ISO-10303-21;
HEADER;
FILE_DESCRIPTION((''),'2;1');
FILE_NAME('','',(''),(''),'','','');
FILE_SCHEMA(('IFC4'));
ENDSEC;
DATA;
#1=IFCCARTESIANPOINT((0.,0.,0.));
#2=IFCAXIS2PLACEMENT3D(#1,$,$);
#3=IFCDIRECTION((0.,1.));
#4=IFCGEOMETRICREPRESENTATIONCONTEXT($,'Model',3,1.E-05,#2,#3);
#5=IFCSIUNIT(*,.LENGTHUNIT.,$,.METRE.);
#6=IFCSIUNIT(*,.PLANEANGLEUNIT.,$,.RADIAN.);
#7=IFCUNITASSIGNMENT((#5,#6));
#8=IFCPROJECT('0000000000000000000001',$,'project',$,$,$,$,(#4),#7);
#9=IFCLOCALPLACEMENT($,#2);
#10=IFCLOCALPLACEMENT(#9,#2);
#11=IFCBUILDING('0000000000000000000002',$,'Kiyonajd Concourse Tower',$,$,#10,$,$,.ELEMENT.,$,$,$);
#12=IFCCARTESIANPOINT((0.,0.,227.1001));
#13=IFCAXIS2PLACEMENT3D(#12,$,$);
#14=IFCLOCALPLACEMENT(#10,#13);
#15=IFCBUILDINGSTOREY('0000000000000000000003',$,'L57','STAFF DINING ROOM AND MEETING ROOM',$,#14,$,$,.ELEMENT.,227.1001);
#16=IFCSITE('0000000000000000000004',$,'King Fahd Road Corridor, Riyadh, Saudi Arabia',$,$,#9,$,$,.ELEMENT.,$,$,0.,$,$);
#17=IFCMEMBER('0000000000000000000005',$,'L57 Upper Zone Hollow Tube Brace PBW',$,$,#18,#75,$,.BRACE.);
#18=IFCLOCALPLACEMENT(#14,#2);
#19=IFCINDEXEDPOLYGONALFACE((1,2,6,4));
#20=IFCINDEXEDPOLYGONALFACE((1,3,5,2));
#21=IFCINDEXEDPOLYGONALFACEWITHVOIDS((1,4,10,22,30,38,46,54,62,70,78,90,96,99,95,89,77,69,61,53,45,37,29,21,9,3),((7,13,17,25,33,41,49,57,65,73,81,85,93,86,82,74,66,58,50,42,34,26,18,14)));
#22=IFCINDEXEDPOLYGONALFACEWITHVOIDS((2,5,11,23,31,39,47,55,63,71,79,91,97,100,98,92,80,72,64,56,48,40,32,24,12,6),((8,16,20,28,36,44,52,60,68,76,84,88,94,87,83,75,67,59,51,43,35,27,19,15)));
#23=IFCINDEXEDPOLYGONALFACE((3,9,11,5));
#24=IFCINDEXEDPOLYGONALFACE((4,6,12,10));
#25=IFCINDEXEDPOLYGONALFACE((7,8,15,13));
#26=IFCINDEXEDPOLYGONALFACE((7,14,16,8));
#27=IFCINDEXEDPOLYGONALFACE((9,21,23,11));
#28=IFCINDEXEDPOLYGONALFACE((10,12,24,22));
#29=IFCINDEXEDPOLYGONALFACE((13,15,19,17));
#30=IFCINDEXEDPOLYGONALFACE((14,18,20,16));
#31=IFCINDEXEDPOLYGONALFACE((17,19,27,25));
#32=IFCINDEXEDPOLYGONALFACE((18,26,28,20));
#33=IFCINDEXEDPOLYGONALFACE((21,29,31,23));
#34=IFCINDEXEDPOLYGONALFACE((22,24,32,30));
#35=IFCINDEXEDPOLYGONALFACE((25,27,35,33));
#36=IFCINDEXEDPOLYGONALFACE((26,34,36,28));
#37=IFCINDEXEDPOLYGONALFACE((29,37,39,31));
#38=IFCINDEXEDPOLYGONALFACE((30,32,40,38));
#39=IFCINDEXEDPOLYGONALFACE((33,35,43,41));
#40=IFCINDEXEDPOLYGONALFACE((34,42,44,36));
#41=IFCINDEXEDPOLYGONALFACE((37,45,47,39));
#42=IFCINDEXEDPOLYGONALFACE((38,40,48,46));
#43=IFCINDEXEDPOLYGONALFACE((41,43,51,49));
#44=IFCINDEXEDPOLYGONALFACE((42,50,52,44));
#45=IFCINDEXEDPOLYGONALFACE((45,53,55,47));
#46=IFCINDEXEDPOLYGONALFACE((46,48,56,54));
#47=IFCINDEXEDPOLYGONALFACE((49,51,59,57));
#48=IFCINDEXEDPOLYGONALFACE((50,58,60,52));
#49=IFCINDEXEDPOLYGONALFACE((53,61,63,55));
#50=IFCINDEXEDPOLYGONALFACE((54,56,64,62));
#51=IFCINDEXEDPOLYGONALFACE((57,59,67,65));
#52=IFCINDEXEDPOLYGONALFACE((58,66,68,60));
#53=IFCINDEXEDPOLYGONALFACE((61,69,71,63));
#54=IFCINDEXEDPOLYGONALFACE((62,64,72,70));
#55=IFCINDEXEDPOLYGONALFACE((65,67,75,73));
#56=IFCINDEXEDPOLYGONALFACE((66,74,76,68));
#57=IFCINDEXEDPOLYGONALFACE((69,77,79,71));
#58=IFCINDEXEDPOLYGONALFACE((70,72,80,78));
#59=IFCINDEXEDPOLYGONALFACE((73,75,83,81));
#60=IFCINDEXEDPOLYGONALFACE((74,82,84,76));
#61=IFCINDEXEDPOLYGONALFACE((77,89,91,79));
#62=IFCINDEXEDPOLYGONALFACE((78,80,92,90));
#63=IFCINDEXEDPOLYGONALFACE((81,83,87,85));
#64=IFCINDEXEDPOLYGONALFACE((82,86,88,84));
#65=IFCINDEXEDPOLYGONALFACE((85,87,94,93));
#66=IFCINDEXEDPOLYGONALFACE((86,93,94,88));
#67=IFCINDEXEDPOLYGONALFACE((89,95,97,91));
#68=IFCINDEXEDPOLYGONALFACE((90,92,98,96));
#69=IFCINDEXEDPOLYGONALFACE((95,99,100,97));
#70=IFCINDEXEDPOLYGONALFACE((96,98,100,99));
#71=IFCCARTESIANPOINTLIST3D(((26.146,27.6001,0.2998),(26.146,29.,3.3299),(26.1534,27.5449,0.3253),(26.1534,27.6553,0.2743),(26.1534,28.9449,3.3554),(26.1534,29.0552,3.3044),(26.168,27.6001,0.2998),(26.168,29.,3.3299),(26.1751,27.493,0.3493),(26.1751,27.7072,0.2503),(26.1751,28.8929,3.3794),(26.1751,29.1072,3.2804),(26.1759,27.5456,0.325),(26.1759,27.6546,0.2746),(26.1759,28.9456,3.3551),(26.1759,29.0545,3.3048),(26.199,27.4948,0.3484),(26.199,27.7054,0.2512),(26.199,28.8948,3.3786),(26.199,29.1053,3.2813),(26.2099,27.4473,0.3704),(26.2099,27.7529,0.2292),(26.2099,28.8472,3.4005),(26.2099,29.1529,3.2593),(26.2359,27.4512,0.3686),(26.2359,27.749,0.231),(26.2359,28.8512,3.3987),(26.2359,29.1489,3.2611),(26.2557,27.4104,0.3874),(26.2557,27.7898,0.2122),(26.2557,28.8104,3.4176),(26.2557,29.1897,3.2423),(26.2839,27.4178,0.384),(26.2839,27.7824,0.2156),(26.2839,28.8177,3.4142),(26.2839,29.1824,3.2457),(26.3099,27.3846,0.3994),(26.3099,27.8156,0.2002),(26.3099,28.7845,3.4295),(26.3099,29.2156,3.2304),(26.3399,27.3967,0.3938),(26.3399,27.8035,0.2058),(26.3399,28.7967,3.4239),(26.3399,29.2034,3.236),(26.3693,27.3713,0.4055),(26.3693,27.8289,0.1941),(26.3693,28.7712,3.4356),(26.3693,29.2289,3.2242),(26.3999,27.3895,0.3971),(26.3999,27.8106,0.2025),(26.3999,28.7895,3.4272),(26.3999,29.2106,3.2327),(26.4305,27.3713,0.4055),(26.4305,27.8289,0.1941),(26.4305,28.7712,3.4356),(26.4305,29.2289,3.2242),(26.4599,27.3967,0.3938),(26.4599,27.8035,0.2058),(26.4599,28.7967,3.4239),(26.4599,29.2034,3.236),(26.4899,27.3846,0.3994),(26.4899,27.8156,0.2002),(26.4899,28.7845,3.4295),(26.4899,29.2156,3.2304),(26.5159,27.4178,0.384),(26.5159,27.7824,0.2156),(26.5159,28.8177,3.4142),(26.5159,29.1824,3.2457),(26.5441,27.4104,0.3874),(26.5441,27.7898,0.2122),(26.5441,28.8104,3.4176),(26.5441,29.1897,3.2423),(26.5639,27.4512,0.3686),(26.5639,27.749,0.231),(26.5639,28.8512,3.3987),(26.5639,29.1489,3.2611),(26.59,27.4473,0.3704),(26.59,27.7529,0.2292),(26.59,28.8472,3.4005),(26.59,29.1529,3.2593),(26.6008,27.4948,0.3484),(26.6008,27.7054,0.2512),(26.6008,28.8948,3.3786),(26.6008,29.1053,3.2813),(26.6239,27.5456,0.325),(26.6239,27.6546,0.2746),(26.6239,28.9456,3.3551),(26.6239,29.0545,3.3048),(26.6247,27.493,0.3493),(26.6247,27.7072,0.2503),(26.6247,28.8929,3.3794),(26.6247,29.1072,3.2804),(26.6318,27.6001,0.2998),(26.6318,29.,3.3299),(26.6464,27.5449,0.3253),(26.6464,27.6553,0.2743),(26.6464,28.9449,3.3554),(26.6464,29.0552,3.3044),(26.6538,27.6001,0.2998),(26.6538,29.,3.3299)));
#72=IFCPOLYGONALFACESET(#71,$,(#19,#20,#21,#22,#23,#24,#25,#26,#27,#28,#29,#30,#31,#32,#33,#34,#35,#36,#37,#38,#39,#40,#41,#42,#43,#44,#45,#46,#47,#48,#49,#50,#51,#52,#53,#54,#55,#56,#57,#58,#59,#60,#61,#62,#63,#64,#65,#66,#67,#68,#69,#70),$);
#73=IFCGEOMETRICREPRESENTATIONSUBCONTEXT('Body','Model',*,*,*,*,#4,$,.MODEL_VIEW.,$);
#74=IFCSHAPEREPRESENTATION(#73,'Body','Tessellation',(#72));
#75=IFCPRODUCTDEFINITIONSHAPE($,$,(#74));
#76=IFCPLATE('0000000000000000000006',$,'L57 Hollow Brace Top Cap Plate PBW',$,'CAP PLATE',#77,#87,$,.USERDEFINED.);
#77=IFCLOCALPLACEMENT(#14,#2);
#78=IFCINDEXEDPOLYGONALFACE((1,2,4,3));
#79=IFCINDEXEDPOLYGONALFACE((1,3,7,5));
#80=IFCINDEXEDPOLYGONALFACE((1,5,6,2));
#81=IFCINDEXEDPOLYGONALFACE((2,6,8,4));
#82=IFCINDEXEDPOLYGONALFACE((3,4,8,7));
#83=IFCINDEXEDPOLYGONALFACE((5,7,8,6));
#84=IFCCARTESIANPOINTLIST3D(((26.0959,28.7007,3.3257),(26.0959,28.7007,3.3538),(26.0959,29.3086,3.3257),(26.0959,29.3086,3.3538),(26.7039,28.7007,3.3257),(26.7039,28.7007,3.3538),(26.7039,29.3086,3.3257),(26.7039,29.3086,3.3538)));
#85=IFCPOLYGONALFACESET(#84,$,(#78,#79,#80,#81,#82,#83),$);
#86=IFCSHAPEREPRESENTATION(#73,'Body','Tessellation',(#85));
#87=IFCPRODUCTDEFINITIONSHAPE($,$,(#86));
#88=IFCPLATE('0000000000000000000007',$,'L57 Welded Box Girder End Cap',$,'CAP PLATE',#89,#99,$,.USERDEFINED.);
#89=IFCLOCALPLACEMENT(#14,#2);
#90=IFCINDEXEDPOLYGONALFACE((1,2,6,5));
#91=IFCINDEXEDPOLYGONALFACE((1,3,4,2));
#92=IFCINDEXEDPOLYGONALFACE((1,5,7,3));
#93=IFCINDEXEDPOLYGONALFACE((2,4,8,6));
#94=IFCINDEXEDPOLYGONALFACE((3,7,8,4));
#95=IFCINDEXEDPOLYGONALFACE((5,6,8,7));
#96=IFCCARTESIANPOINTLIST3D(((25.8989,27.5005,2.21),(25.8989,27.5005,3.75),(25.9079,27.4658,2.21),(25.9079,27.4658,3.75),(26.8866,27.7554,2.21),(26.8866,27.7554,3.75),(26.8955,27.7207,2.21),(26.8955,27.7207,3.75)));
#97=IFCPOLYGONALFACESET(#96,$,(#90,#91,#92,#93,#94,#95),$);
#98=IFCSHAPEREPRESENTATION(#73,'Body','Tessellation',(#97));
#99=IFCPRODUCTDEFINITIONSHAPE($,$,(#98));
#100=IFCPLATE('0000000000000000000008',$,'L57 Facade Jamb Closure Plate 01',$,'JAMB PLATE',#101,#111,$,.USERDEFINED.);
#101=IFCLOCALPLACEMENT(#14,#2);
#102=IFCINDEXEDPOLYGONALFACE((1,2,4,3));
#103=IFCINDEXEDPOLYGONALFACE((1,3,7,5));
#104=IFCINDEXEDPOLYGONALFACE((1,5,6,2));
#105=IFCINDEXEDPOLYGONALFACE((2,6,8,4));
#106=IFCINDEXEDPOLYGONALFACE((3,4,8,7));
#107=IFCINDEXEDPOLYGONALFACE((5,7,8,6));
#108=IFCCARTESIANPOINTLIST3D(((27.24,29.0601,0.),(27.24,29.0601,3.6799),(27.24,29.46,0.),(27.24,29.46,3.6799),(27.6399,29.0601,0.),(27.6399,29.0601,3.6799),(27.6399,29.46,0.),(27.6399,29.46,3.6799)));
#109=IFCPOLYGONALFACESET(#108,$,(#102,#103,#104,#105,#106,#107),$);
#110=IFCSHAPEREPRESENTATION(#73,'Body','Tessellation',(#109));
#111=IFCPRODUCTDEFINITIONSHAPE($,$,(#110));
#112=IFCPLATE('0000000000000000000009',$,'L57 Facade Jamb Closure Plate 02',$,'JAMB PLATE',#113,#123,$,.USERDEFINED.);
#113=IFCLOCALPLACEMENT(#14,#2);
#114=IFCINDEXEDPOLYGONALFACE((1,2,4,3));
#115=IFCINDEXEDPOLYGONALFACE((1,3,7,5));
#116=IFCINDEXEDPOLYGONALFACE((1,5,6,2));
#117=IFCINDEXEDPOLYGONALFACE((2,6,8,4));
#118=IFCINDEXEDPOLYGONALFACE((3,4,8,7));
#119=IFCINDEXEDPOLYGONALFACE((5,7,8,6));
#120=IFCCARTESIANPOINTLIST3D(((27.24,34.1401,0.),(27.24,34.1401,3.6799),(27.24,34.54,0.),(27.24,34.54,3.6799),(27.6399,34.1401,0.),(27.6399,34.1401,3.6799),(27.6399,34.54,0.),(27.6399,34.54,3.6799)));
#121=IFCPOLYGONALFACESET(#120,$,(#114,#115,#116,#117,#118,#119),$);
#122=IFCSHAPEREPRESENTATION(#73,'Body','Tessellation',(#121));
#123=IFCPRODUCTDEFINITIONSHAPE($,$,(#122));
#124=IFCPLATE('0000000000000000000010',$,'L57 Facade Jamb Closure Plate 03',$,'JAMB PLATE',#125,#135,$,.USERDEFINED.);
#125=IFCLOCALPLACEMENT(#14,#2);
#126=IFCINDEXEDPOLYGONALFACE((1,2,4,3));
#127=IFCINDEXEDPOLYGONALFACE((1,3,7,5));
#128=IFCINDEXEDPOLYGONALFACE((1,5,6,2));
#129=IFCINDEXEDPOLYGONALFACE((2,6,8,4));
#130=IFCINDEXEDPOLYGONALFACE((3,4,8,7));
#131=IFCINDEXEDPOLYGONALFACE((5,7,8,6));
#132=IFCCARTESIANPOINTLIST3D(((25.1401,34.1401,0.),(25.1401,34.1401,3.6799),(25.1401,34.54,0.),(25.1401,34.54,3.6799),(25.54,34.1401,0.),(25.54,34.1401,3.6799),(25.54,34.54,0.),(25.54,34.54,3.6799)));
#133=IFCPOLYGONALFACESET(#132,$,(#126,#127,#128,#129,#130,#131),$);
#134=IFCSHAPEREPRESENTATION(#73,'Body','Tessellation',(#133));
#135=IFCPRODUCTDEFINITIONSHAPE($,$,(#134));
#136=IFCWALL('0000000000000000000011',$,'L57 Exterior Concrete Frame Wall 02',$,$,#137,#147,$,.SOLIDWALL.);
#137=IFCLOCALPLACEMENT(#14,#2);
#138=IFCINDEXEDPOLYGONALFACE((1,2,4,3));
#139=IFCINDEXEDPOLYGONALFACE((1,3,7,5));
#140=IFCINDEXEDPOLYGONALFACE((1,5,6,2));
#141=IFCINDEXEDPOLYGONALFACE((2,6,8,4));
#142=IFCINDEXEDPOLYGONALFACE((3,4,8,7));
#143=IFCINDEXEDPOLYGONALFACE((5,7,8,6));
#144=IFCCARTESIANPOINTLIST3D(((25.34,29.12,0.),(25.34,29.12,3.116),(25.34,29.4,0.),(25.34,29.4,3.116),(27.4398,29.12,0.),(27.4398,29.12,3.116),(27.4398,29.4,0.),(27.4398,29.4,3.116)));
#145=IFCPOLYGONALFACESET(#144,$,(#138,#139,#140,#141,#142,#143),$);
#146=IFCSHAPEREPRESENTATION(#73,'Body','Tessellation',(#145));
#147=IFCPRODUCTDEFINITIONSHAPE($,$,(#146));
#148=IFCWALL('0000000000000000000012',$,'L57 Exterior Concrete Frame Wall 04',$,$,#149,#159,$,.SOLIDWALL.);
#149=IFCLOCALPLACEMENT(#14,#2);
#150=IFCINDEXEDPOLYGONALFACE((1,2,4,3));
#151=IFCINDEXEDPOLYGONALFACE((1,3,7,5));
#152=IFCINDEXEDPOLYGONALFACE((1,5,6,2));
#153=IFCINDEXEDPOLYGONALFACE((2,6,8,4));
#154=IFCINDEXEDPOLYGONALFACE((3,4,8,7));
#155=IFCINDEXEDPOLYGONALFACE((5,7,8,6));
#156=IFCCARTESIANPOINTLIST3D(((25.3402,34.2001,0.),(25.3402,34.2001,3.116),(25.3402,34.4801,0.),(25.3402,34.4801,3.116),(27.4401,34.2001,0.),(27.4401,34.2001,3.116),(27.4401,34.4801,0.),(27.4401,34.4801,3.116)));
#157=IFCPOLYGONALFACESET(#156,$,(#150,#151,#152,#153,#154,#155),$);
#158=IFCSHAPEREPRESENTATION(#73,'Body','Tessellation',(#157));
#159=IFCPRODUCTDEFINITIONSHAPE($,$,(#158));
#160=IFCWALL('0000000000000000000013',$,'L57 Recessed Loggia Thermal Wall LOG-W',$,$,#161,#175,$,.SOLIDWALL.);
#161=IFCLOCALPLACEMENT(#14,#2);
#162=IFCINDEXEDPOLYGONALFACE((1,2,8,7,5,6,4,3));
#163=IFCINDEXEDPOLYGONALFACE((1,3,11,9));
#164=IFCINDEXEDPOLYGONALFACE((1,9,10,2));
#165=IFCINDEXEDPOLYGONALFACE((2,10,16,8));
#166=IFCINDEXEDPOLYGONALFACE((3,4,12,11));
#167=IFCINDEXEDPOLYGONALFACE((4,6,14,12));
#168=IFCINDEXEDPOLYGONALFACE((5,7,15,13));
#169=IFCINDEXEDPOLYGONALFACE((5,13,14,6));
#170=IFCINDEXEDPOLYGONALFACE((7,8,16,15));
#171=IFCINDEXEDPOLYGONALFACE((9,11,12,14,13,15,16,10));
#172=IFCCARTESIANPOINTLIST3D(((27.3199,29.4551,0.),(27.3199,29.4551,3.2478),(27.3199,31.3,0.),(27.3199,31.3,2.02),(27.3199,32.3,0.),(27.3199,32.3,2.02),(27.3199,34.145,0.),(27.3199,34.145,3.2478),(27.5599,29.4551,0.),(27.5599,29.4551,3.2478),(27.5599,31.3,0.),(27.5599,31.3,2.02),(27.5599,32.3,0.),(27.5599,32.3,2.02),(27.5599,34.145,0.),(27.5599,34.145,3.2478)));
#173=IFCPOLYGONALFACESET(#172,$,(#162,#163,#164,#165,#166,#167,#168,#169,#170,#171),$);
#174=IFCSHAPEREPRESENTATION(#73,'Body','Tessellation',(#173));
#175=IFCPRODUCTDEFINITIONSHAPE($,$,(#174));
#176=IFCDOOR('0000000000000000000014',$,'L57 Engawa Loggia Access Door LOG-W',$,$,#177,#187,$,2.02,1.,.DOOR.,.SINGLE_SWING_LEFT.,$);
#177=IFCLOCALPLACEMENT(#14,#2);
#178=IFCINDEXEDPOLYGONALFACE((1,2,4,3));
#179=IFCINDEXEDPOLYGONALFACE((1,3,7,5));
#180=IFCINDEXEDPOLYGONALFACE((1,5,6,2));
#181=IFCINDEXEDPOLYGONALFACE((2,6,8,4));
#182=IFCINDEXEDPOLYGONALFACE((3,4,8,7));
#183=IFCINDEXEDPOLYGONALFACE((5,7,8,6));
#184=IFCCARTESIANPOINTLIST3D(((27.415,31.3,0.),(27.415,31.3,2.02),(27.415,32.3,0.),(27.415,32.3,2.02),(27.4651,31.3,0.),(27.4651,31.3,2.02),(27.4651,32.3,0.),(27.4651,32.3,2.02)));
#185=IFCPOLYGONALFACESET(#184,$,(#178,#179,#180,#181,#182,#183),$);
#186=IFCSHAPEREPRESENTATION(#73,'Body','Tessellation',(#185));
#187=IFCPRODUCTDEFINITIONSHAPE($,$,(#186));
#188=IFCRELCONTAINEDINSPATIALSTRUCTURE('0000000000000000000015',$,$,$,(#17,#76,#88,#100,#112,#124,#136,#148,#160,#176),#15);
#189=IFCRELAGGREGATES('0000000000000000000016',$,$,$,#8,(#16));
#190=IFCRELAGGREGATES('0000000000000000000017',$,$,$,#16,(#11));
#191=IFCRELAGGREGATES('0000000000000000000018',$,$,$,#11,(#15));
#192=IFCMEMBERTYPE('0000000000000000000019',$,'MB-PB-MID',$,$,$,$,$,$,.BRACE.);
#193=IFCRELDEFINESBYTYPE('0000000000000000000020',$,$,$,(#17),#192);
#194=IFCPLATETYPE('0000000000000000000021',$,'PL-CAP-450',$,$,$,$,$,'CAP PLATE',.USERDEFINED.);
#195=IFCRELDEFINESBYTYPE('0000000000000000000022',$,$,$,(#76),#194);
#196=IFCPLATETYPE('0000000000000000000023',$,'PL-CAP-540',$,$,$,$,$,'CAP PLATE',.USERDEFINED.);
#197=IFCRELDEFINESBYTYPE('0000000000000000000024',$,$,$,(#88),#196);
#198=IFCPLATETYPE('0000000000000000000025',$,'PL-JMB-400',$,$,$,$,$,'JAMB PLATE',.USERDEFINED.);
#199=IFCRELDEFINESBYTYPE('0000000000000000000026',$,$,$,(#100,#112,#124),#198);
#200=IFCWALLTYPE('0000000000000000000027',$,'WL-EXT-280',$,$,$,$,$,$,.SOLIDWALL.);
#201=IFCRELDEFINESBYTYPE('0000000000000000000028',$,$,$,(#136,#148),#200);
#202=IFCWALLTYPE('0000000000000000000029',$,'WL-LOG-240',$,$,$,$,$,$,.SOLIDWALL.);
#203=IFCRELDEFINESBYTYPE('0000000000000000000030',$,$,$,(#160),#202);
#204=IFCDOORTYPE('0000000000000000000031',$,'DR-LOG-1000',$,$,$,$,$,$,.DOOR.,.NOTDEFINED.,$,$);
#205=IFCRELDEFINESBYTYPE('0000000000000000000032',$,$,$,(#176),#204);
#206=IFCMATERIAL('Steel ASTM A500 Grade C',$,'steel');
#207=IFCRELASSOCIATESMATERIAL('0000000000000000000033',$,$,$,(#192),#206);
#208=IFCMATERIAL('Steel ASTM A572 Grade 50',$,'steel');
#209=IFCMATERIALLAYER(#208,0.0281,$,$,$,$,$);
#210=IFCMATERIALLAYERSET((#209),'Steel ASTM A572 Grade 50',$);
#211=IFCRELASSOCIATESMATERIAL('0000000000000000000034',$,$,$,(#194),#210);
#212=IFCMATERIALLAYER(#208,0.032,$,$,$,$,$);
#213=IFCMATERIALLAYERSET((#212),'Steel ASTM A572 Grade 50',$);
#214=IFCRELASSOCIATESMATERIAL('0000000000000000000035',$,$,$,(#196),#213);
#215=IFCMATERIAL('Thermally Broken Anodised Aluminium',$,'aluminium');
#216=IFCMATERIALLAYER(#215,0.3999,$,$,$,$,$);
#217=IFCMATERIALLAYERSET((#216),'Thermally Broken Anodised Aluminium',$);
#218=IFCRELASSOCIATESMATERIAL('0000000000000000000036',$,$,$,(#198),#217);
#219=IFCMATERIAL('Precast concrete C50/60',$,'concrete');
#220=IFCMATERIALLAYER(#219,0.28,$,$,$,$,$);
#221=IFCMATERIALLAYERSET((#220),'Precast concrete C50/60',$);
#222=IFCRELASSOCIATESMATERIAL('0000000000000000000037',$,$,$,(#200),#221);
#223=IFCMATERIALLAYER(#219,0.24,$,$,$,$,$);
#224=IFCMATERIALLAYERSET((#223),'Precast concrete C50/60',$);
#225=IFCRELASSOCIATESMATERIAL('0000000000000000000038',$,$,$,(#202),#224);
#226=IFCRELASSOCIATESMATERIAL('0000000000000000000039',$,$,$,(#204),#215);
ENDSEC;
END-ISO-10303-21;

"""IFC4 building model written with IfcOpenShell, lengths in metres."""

from ifc_helpers import new_model, si_unit, direction, frame, frame_2d, origin, origin_2d, place, context, subcontext, project, spatial, rectangle, hollow_circle, extrude, material, layer, layer_set, material_profile, profile_set, type_object, element, fill, save


model = new_model("IFC4")

# Units and contexts
model_context = context("Model", 3, precision=1e-05, world=origin(), true_north=direction((0.0, 1.0)))
body_context = subcontext(model_context, "Body", "Model", "MODEL_VIEW")
ifc_project = project(units=[si_unit("LENGTHUNIT", "METRE"), si_unit("PLANEANGLEUNIT", "RADIAN")], contexts=[model_context])

# Site, building, storey
site_placement = place(None, origin())
site = spatial("IfcSite", under=ifc_project, at=site_placement, Name="King Fahd Road Corridor, Riyadh, Saudi Arabia", CompositionType="ELEMENT", RefElevation=0.0)
building_placement = place(site_placement, origin())
building = spatial("IfcBuilding", under=site, at=building_placement, Name="Kiyonajd Concourse Tower", CompositionType="ELEMENT")
storey_placement = place(building_placement, frame((0.0, 0.0, 227.1001)))
storey = spatial("IfcBuildingStorey", under=building, at=storey_placement, Name="L57", Description="STAFF DINING ROOM AND MEETING ROOM", CompositionType="ELEMENT", Elevation=227.1001)

# Shared definitions
ifc_material_1 = material(Name="Steel ASTM A572 Grade 50", Category="steel")

# Shared definitions
ifc_material_2 = material(Name="Thermally Broken Anodised Aluminium", Category="aluminium")

# Member
ifc_material_3 = material(Name="Steel ASTM A500 Grade C", Category="steel")
ifc_material_profile_1 = material_profile(ifc_material_3, hollow_circle(Radius=0.2539, WallThickness=0.022, at=origin_2d()), Name="CHS-508x22")
ifc_profile_set_1 = profile_set([ifc_material_profile_1], Name="Steel ASTM A500 Grade C")
member_type_1 = type_object("IfcMemberType", Name="MB-PB-MID", PredefinedType="BRACE", material=ifc_profile_set_1)
member_1_placement = place(storey_placement, frame((26.3999, 27.6001, 0.2998), z_axis=(0.0, 0.419411, 0.907797), x_axis=(-1.0, 0.0, 0.0)))
element("IfcMember", 1, at=member_1_placement, inside=storey, type_object=member_type_1, Name="L57 Upper Zone Hollow Tube Brace PBW", PredefinedType="BRACE", context=body_context, shape_type="SweptSolid", body=[
    extrude(hollow_circle(Radius=0.2539, WallThickness=0.022, at=origin_2d()), origin(), (0.0, 0.0, 1.0), 3.3379),
])

# Plates
ifc_layer_1 = layer(ifc_material_1, 0.0281)
ifc_layer_set_1 = layer_set([ifc_layer_1], Name="Steel ASTM A572 Grade 50")
plate_type_1 = type_object("IfcPlateType", Name="PL-CAP-450", ElementType="CAP PLATE", PredefinedType="USERDEFINED", material=ifc_layer_set_1)
plate_1_placement = place(storey_placement, frame((26.3999, 29.0046, 3.3257), z_axis=(0.0, 0.0, 1.0), x_axis=(1.0, 0.0, 0.0)))
element("IfcPlate", 2, at=plate_1_placement, inside=storey, type_object=plate_type_1, Name="L57 Hollow Brace Top Cap Plate PBW", ObjectType="CAP PLATE", PredefinedType="USERDEFINED", context=body_context, shape_type="SweptSolid", body=[
    extrude(rectangle(XDim=0.6079, YDim=0.6079, at=origin_2d()), origin(), (0.0, 0.0, 1.0), 0.0281),
])
ifc_layer_2 = layer(ifc_material_1, 0.032)
ifc_layer_set_2 = layer_set([ifc_layer_2], Name="Steel ASTM A572 Grade 50")
plate_type_2 = type_object("IfcPlateType", Name="PL-CAP-540", ElementType="CAP PLATE", PredefinedType="USERDEFINED", material=ifc_layer_set_2)
plate_2_placement = place(storey_placement, frame((26.3972, 27.6106, 2.21), z_axis=(0.0, 0.0, 1.0), x_axis=(-0.249873, 0.968279, 0.0)))
element("IfcPlate", 3, at=plate_2_placement, inside=storey, type_object=plate_type_2, Name="L57 Welded Box Girder End Cap", ObjectType="CAP PLATE", PredefinedType="USERDEFINED", context=body_context, shape_type="SweptSolid", body=[
    extrude(rectangle(XDim=0.0359, YDim=1.02, at=origin_2d()), origin(), (0.0, 0.0, 1.0), 1.54),
])
ifc_layer_3 = layer(ifc_material_2, 0.3999)
ifc_layer_set_3 = layer_set([ifc_layer_3], Name="Thermally Broken Anodised Aluminium")
plate_type_3 = type_object("IfcPlateType", Name="PL-JMB-400", ElementType="JAMB PLATE", PredefinedType="USERDEFINED", material=ifc_layer_set_3)
for number, where, z_axis, x_axis, name in (
    (4, (27.4399, 29.26, 0.0), (0.0, 0.0, 1.0), (1.0, 0.0, 0.0), "L57 Facade Jamb Closure Plate 01"),
    (5, (27.4399, 34.3401, 0.0), (0.0, 0.0, 1.0), (1.0, 0.0, 0.0), "L57 Facade Jamb Closure Plate 02"),
    (6, (25.3401, 34.3401, 0.0), (0.0, 0.0, 1.0), (1.0, 0.0, 0.0), "L57 Facade Jamb Closure Plate 03"),
):
    element("IfcPlate", number, at=place(storey_placement, frame(where, z_axis=z_axis, x_axis=x_axis)), inside=storey, type_object=plate_type_3, Name=name, ObjectType="JAMB PLATE", PredefinedType="USERDEFINED", context=body_context, shape_type="SweptSolid", body=[
        extrude(rectangle(XDim=0.3999, YDim=0.3999, at=origin_2d()), origin(), (0.0, 0.0, 1.0), 3.6799),
    ])

# Walls
ifc_material_4 = material(Name="Precast concrete C50/60", Category="concrete")
ifc_layer_4 = layer(ifc_material_4, 0.28)
ifc_layer_set_4 = layer_set([ifc_layer_4], Name="Precast concrete C50/60")
wall_type_1 = type_object("IfcWallType", Name="WL-EXT-280", PredefinedType="SOLIDWALL", material=ifc_layer_set_4)
for number, where, z_axis, x_axis, name in (
    (7, (25.3401, 29.26, 0.0), (0.0, 0.0, 1.0), (1.0, 0.0, 0.0), "L57 Exterior Concrete Frame Wall 02"),
    (8, (27.4399, 34.3401, 0.0), (0.0, 0.0, 1.0), (-1.0, 0.0, 0.0), "L57 Exterior Concrete Frame Wall 04"),
):
    element("IfcWall", number, at=place(storey_placement, frame(where, z_axis=z_axis, x_axis=x_axis)), inside=storey, type_object=wall_type_1, Name=name, PredefinedType="SOLIDWALL", context=body_context, shape_type="SweptSolid", body=[
        extrude(rectangle(XDim=2.0999, YDim=0.28, at=frame_2d((1.0498, 0.0))), origin(), (0.0, 0.0, 1.0), 3.116),
    ])

# Wall, opening, door
ifc_layer_5 = layer(ifc_material_4, 0.24)
ifc_layer_set_5 = layer_set([ifc_layer_5], Name="Precast concrete C50/60")
wall_type_2 = type_object("IfcWallType", Name="WL-LOG-240", PredefinedType="SOLIDWALL", material=ifc_layer_set_5)
wall_1_placement = place(storey_placement, frame((27.4399, 29.4551, 0.0), z_axis=(0.0, 0.0, 1.0), x_axis=(0.0, 1.0, 0.0)))
wall_1 = element("IfcWall", 9, at=wall_1_placement, inside=storey, type_object=wall_type_2, Name="L57 Recessed Loggia Thermal Wall LOG-W", PredefinedType="SOLIDWALL", context=body_context, shape_type="SweptSolid", body=[
    extrude(rectangle(XDim=4.6899, YDim=0.24, at=frame_2d((2.345, 0.0))), origin(), (0.0, 0.0, 1.0), 3.2478),
])
opening_placement = place(wall_1_placement, frame((1.845, 0.0, 0.0)))
opening = element("IfcOpeningElement", 10, at=opening_placement, cuts=wall_1, PredefinedType="OPENING", context=body_context, shape_type="SweptSolid", body=[
    extrude(rectangle(XDim=1.0, YDim=2.02, at=frame_2d((0.5, 1.01))), frame((0.0, 0.1299, 0.0), z_axis=(0.0, -1.0, 0.0), x_axis=(1.0, 0.0, 0.0)), (0.0, 0.0, 1.0), 0.26),
])
door_type = type_object("IfcDoorType", Name="DR-LOG-1000", OperationType="NOTDEFINED", PredefinedType="DOOR", material=ifc_material_2)
door_placement = place(opening_placement, origin())
door = element("IfcDoor", 11, at=door_placement, inside=storey, type_object=door_type, Name="L57 Engawa Loggia Access Door LOG-W", OperationType="SINGLE_SWING_LEFT", OverallHeight=2.02, OverallWidth=1.0, PredefinedType="DOOR", context=body_context, shape_type="SweptSolid", body=[
    extrude(rectangle(XDim=1.0, YDim=2.02, at=frame_2d((0.5, 1.01))), frame((0.0, 0.0249, 0.0), z_axis=(0.0, -1.0, 0.0), x_axis=(1.0, 0.0, 0.0)), (0.0, 0.0, 1.0), 0.05),
])
fill(opening, door)

save(model, "model.ifc")
